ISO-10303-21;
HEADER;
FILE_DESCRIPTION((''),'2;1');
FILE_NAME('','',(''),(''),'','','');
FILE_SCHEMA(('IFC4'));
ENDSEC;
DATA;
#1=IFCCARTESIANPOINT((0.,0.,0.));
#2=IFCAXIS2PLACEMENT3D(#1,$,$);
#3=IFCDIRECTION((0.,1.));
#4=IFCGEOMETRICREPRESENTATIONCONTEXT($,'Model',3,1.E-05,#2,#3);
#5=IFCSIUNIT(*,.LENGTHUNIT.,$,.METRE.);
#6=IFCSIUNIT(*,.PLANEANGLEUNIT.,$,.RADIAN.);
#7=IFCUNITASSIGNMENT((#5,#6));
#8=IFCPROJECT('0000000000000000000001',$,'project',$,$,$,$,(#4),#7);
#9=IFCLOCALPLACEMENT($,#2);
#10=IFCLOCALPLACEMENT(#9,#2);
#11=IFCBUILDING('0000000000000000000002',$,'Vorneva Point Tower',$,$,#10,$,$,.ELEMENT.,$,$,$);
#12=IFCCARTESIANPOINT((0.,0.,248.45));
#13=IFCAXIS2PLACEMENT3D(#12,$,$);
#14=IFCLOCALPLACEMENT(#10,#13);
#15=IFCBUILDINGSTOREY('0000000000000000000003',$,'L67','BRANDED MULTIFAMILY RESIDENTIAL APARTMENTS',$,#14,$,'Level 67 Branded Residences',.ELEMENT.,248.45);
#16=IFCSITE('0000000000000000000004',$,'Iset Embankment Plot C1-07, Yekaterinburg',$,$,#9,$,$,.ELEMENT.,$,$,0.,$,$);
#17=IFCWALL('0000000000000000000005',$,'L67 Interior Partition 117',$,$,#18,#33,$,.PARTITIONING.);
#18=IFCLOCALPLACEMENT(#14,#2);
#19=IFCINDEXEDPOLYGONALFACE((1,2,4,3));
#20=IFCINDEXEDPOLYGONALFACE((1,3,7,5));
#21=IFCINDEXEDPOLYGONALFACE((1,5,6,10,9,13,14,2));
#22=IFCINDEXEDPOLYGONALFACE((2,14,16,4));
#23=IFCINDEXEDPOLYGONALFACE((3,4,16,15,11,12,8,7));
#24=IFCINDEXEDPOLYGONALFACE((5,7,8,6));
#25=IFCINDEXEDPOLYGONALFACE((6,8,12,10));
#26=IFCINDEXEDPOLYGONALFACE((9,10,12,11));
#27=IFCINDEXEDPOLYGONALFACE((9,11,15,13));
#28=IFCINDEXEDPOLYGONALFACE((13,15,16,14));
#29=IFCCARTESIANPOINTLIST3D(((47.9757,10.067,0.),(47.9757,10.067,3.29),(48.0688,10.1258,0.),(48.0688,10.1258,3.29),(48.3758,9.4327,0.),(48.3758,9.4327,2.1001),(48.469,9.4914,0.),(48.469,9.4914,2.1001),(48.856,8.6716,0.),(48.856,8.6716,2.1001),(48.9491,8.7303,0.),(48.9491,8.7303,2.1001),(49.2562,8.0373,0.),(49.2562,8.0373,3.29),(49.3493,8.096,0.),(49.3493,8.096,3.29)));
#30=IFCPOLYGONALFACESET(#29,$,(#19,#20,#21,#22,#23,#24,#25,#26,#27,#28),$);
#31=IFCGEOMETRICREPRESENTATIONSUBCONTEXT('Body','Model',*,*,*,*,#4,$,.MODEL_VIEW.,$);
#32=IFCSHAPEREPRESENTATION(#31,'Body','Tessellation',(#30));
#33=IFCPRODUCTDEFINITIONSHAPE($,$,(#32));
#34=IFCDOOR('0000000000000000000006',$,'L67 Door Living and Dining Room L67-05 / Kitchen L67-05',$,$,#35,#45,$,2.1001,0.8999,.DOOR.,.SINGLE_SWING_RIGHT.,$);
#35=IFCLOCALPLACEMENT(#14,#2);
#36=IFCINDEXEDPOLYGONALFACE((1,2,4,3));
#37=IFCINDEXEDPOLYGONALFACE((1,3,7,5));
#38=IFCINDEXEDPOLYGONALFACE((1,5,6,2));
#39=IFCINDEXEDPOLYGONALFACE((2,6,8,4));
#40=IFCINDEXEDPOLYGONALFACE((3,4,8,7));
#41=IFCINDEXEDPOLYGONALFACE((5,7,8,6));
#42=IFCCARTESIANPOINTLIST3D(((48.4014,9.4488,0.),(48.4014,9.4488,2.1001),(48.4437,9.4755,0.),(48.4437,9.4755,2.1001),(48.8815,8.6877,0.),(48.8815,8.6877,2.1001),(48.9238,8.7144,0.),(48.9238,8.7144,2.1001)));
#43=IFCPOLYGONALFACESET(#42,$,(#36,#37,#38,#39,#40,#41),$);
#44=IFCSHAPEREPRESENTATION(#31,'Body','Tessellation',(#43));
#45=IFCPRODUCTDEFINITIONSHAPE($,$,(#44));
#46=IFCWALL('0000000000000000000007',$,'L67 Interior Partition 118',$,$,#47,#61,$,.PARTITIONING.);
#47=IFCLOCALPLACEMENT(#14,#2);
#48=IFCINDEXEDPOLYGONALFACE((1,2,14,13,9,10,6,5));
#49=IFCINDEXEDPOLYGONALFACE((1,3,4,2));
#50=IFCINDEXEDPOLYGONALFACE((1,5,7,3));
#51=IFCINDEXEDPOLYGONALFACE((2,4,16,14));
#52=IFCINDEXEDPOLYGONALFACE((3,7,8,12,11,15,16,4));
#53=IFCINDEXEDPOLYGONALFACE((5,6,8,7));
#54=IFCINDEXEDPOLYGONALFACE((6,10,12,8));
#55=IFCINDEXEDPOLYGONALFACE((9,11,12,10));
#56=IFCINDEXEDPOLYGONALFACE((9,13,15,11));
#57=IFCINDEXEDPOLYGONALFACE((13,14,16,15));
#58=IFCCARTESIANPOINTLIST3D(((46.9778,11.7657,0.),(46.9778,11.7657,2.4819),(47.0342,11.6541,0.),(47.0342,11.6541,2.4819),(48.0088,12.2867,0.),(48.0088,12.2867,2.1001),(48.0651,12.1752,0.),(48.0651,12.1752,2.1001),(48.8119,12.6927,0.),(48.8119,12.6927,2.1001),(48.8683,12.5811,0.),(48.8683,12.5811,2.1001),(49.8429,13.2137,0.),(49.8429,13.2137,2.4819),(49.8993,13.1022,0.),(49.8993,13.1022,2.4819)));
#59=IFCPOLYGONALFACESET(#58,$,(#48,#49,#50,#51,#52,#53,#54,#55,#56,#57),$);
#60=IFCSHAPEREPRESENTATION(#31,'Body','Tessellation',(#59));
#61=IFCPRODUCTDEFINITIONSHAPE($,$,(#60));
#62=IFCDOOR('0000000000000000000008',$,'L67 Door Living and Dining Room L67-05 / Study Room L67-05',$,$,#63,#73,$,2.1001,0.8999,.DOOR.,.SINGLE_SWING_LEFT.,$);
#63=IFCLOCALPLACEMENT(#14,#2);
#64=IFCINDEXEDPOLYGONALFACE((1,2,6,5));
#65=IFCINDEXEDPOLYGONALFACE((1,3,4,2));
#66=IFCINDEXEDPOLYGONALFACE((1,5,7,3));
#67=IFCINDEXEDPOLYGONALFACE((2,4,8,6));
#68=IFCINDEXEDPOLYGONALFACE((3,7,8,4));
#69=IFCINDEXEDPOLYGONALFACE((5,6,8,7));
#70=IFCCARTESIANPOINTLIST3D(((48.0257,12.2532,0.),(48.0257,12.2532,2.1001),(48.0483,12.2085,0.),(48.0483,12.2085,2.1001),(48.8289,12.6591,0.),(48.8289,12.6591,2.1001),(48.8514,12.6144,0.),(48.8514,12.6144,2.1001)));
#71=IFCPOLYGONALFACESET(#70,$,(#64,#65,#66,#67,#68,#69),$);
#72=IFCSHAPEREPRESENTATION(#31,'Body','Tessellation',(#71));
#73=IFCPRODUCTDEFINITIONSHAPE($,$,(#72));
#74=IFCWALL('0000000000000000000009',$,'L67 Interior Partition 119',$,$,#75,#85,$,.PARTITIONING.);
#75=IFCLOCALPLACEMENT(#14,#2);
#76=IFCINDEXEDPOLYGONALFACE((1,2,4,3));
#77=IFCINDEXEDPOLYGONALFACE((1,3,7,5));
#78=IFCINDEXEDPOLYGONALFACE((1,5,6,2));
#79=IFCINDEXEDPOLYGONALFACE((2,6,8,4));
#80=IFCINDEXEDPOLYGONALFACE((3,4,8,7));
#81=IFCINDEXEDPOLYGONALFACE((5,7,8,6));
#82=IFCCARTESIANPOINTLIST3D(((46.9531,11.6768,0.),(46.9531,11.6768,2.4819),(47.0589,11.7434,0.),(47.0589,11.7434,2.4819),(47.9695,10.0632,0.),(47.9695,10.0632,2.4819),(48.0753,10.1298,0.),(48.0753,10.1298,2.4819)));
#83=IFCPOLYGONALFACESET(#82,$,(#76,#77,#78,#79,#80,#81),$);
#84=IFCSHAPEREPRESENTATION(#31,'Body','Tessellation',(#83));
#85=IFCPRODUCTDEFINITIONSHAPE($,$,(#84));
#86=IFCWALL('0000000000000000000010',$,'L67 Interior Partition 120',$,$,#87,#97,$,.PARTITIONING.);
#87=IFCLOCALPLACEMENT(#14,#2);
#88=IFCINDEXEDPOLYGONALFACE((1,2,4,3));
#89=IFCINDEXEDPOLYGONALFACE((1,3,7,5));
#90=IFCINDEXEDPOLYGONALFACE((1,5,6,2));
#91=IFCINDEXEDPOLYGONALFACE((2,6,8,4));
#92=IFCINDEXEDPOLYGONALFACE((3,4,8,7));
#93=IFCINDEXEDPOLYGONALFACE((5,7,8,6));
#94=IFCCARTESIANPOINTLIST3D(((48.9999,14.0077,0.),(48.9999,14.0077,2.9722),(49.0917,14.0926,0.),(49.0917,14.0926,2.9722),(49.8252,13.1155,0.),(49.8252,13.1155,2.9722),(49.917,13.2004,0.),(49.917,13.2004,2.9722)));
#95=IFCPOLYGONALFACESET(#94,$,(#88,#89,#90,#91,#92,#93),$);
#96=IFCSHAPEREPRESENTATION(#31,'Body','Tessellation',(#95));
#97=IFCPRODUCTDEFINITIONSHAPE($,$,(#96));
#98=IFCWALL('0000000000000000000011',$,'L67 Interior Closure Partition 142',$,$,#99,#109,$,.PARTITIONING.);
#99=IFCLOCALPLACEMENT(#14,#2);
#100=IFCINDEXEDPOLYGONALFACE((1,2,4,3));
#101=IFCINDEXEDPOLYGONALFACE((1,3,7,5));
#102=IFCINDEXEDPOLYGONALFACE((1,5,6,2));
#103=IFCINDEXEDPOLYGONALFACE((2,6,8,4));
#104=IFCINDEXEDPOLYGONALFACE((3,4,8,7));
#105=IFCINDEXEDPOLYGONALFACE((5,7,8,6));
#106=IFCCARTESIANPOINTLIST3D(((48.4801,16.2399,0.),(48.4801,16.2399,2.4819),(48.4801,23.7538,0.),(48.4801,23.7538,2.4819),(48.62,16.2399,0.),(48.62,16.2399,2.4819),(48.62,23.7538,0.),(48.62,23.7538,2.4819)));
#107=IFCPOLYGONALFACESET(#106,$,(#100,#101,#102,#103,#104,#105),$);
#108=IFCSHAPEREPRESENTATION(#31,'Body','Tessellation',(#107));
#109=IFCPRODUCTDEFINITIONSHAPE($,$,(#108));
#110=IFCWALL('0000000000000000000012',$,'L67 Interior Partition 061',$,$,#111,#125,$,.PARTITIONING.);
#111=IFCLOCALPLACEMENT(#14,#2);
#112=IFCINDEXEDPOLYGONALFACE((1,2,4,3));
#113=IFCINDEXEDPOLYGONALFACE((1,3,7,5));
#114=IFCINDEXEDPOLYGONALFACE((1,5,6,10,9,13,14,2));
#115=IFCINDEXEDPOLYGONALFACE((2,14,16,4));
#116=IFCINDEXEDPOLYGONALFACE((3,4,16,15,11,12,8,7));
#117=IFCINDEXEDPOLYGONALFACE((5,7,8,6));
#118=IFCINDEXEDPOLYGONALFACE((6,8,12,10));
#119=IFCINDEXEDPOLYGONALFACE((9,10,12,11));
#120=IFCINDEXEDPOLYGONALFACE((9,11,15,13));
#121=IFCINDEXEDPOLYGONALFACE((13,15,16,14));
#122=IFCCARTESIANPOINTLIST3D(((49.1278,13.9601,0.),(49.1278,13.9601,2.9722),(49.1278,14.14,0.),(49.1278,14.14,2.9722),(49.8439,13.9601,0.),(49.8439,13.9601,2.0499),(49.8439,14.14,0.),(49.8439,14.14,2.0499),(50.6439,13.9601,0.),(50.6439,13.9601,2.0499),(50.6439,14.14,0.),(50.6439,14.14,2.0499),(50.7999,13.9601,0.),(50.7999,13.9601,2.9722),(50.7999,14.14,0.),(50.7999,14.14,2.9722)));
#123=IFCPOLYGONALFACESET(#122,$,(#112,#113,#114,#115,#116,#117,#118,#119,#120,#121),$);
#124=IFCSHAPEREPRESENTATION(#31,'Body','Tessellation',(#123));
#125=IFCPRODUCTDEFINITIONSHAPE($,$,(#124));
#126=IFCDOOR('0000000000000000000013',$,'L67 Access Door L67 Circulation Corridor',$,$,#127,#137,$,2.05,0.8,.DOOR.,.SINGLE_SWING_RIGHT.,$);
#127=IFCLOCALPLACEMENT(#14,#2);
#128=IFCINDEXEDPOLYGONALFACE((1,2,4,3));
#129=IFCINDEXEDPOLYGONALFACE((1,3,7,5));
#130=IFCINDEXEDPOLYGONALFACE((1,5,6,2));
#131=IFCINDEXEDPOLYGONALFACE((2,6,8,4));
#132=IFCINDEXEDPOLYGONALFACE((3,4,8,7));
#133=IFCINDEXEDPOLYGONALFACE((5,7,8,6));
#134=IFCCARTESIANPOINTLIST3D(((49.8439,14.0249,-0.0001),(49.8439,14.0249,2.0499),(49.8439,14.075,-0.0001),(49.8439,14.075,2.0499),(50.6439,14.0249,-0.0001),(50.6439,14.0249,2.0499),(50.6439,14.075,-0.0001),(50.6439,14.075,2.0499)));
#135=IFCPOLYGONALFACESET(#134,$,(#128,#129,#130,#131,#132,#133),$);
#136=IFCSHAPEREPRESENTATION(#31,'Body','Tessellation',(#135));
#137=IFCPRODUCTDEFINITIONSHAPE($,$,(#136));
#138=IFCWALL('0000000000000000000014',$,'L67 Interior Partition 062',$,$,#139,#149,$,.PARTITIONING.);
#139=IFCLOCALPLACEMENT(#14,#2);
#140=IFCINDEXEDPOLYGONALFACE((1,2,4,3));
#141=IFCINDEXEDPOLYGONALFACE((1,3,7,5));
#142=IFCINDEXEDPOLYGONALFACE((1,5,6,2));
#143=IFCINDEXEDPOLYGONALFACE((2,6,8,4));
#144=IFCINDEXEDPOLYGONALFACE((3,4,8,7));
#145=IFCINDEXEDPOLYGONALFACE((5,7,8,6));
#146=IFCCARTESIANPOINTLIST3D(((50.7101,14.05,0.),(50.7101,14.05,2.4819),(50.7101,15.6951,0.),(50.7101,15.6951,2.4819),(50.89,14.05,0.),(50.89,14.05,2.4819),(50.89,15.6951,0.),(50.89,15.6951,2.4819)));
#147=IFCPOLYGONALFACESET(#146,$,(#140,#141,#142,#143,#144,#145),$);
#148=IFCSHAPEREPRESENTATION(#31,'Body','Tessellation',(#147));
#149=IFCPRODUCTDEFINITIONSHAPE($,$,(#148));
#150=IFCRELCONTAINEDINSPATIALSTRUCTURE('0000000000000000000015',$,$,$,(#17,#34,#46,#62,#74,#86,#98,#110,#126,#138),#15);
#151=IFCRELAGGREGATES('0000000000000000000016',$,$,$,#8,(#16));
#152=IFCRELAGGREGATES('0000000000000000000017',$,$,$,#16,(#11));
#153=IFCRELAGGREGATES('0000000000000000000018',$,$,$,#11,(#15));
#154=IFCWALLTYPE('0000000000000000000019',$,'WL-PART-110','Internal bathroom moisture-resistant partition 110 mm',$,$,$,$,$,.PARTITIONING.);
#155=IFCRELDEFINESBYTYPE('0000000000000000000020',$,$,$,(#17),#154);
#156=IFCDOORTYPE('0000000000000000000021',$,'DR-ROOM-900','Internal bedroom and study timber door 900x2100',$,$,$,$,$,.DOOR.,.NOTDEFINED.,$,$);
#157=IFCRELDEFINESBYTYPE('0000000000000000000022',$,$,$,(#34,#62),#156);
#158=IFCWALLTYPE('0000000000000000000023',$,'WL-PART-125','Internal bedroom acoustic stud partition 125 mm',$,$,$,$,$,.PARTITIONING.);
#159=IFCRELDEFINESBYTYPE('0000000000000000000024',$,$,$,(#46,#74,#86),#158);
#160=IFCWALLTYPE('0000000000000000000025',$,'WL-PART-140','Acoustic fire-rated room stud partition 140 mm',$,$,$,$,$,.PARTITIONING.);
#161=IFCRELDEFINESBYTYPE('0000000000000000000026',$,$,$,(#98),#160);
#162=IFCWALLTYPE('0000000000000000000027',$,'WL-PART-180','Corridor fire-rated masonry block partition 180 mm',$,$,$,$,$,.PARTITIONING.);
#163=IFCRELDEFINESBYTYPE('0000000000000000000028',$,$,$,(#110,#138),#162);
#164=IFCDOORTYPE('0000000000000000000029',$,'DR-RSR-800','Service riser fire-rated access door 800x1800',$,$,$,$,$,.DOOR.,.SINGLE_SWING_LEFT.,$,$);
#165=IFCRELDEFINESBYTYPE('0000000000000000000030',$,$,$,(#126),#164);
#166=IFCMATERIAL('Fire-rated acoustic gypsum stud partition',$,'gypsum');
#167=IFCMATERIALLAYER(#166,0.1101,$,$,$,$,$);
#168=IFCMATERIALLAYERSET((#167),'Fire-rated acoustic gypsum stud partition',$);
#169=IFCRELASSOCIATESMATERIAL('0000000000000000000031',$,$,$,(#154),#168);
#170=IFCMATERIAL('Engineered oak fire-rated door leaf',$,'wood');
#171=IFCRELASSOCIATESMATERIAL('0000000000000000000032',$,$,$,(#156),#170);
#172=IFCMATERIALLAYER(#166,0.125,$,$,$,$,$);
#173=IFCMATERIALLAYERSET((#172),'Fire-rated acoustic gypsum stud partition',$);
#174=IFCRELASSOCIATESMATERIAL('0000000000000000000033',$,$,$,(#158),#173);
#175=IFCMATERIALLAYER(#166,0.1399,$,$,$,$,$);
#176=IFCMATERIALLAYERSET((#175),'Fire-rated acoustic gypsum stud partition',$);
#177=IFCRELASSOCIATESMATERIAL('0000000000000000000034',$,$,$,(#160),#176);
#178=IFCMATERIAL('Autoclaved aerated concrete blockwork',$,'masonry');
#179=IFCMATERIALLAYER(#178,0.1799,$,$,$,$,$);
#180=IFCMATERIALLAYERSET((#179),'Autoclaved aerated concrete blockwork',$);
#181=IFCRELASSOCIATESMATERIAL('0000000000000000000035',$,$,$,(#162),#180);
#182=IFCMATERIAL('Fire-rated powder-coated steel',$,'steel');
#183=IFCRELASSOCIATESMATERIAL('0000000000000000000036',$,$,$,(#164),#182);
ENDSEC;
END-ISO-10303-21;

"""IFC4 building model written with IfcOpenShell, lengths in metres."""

from ifc_helpers import new_model, si_unit, direction, frame, frame_2d, origin, place, context, subcontext, project, spatial, rectangle, extrude, material, layer, layer_set, type_object, element, fill, save


model = new_model("IFC4")

# Units and contexts
model_context = context("Model", 3, precision=1e-05, world=origin(), true_north=direction((0.0, 1.0)))
body_context = subcontext(model_context, "Body", "Model", "MODEL_VIEW")
ifc_project = project(units=[si_unit("LENGTHUNIT", "METRE"), si_unit("PLANEANGLEUNIT", "RADIAN")], contexts=[model_context])

# Site, building, storey
site_placement = place(None, origin())
site = spatial("IfcSite", under=ifc_project, at=site_placement, Name="Iset Embankment Plot C1-07, Yekaterinburg", CompositionType="ELEMENT", RefElevation=0.0)
building_placement = place(site_placement, origin())
building = spatial("IfcBuilding", under=site, at=building_placement, Name="Vorneva Point Tower", CompositionType="ELEMENT")
storey_placement = place(building_placement, frame((0.0, 0.0, 248.45)))
storey = spatial("IfcBuildingStorey", under=building, at=storey_placement, Name="L67", Description="BRANDED MULTIFAMILY RESIDENTIAL APARTMENTS", LongName="Level 67 Branded Residences", CompositionType="ELEMENT", Elevation=248.45)

# Walls, openings, doors
ifc_material_1 = material(Name="Fire-rated acoustic gypsum stud partition", Category="gypsum")
ifc_layer_1 = layer(ifc_material_1, 0.1101)
ifc_layer_set_1 = layer_set([ifc_layer_1], Name="Fire-rated acoustic gypsum stud partition")
wall_type_1 = type_object("IfcWallType", Name="WL-PART-110", Description="Internal bathroom moisture-resistant partition 110 mm", PredefinedType="PARTITIONING", material=ifc_layer_set_1)
wall_1_placement = place(storey_placement, frame((49.3027, 8.0667, 0.0), z_axis=(0.0, 0.0, 1.0), x_axis=(-0.53356, 0.845762, 0.0)))
wall_1 = element("IfcWall", 1, at=wall_1_placement, inside=storey, type_object=wall_type_1, Name="L67 Interior Partition 117", PredefinedType="PARTITIONING", context=body_context, shape_type="SweptSolid", body=[
    extrude(rectangle(XDim=2.3999, YDim=0.1101, at=frame_2d((1.2, 0.0))), origin(), (0.0, 0.0, 1.0), 3.29),
])
opening_1_placement = place(wall_1_placement, frame((0.75, 0.0, 0.0)))
opening_1 = element("IfcOpeningElement", 2, at=opening_1_placement, cuts=wall_1, PredefinedType="OPENING", context=body_context, shape_type="SweptSolid", body=[
    extrude(rectangle(XDim=0.8999, YDim=2.1001, at=frame_2d((0.45, 1.05))), frame((0.0, 0.0698, 0.0), z_axis=(0.0, -1.0, 0.0), x_axis=(1.0, 0.0, 0.0)), (0.0, 0.0, 1.0), 0.1399),
])
ifc_material_2 = material(Name="Engineered oak fire-rated door leaf", Category="wood")
door_type_1 = type_object("IfcDoorType", Name="DR-ROOM-900", Description="Internal bedroom and study timber door 900x2100", OperationType="NOTDEFINED", PredefinedType="DOOR", material=ifc_material_2)
door_1_placement = place(opening_1_placement, origin())
door_1 = element("IfcDoor", 3, at=door_1_placement, inside=storey, type_object=door_type_1, Name="L67 Door Living and Dining Room L67-05 / Kitchen L67-05", OperationType="SINGLE_SWING_RIGHT", OverallHeight=2.1001, OverallWidth=0.8999, PredefinedType="DOOR", context=body_context, shape_type="SweptSolid", body=[
    extrude(rectangle(XDim=0.8999, YDim=2.1001, at=frame_2d((0.45, 1.05))), frame((0.0, 0.0249, 0.0), z_axis=(0.0, -1.0, 0.0), x_axis=(1.0, 0.0, 0.0)), (0.0, 0.0, 1.0), 0.05),
])
fill(opening_1, door_1)
ifc_layer_2 = layer(ifc_material_1, 0.125)
ifc_layer_set_2 = layer_set([ifc_layer_2], Name="Fire-rated acoustic gypsum stud partition")
wall_type_2 = type_object("IfcWallType", Name="WL-PART-125", Description="Internal bedroom acoustic stud partition 125 mm", PredefinedType="PARTITIONING", material=ifc_layer_set_2)
wall_2_placement = place(storey_placement, frame((47.0061, 11.71, 0.0), z_axis=(0.0, 0.0, 1.0), x_axis=(0.892487, 0.451073, 0.0)))
wall_2 = element("IfcWall", 4, at=wall_2_placement, inside=storey, type_object=wall_type_2, Name="L67 Interior Partition 118", PredefinedType="PARTITIONING", context=body_context, shape_type="SweptSolid", body=[
    extrude(rectangle(XDim=3.2102, YDim=0.125, at=frame_2d((1.605, 0.0))), origin(), (0.0, 0.0, 1.0), 2.4819),
])
opening_2_placement = place(wall_2_placement, frame((1.155, 0.0, 0.0)))
opening_2 = element("IfcOpeningElement", 5, at=opening_2_placement, cuts=wall_2, PredefinedType="OPENING", context=body_context, shape_type="SweptSolid", body=[
    extrude(rectangle(XDim=0.8999, YDim=2.1001, at=frame_2d((0.45, 1.05))), frame((0.0, 0.0774, 0.0), z_axis=(0.0, -1.0, 0.0), x_axis=(1.0, 0.0, 0.0)), (0.0, 0.0, 1.0), 0.1548),
])
door_2_placement = place(opening_2_placement, origin())
door_2 = element("IfcDoor", 6, at=door_2_placement, inside=storey, type_object=door_type_1, Name="L67 Door Living and Dining Room L67-05 / Study Room L67-05", OperationType="SINGLE_SWING_LEFT", OverallHeight=2.1001, OverallWidth=0.8999, PredefinedType="DOOR", context=body_context, shape_type="SweptSolid", body=[
    extrude(rectangle(XDim=0.8999, YDim=2.1001, at=frame_2d((0.45, 1.05))), frame((0.0, 0.0249, 0.0), z_axis=(0.0, -1.0, 0.0), x_axis=(1.0, 0.0, 0.0)), (0.0, 0.0, 1.0), 0.05),
])
fill(opening_2, door_2)

# Walls
wall_3_placement = place(storey_placement, frame((48.0225, 10.0964, 0.0), z_axis=(0.0, 0.0, 1.0), x_axis=(-0.532976, 0.84613, 0.0)))
element("IfcWall", 7, at=wall_3_placement, inside=storey, type_object=wall_type_2, Name="L67 Interior Partition 119", PredefinedType="PARTITIONING", context=body_context, shape_type="SweptSolid", body=[
    extrude(rectangle(XDim=1.907, YDim=0.125, at=frame_2d((0.9536, 0.0))), origin(), (0.0, 0.0, 1.0), 2.4819),
])
wall_4_placement = place(storey_placement, frame((49.8711, 13.158, 0.0), z_axis=(0.0, 0.0, 1.0), x_axis=(-0.679047, 0.734094, 0.0)))
element("IfcWall", 8, at=wall_4_placement, inside=storey, type_object=wall_type_2, Name="L67 Interior Partition 120", PredefinedType="PARTITIONING", context=body_context, shape_type="SweptSolid", body=[
    extrude(rectangle(XDim=1.2153, YDim=0.125, at=frame_2d((0.6077, 0.0))), origin(), (0.0, 0.0, 1.0), 2.9722),
])
ifc_layer_3 = layer(ifc_material_1, 0.1399)
ifc_layer_set_3 = layer_set([ifc_layer_3], Name="Fire-rated acoustic gypsum stud partition")
wall_type_3 = type_object("IfcWallType", Name="WL-PART-140", Description="Acoustic fire-rated room stud partition 140 mm", PredefinedType="PARTITIONING", material=ifc_layer_set_3)
wall_5_placement = place(storey_placement, frame((48.55, 16.24, 0.0), z_axis=(0.0, 0.0, 1.0), x_axis=(0.0, 1.0, 0.0)))
element("IfcWall", 9, at=wall_5_placement, inside=storey, type_object=wall_type_3, Name="L67 Interior Closure Partition 142", PredefinedType="PARTITIONING", context=body_context, shape_type="SweptSolid", body=[
    extrude(rectangle(XDim=7.5139, YDim=0.1399, at=frame_2d((3.7568, 0.0))), origin(), (0.0, 0.0, 1.0), 2.4819),
])

# Wall, opening, door
ifc_material_3 = material(Name="Autoclaved aerated concrete blockwork", Category="masonry")
ifc_layer_4 = layer(ifc_material_3, 0.1799)
ifc_layer_set_4 = layer_set([ifc_layer_4], Name="Autoclaved aerated concrete blockwork")
wall_type_4 = type_object("IfcWallType", Name="WL-PART-180", Description="Corridor fire-rated masonry block partition 180 mm", PredefinedType="PARTITIONING", material=ifc_layer_set_4)
ifc_material_4 = material(Name="Fire-rated powder-coated steel", Category="steel")
wall_6_placement = place(storey_placement, frame((49.1279, 14.05, 0.0), z_axis=(0.0, 0.0, 1.0), x_axis=(1.0, 0.0, 0.0)))
wall_6 = element("IfcWall", 10, at=wall_6_placement, inside=storey, type_object=wall_type_4, Name="L67 Interior Partition 061", PredefinedType="PARTITIONING", context=body_context, shape_type="SweptSolid", body=[
    extrude(rectangle(XDim=1.6721, YDim=0.1799, at=frame_2d((0.8359, 0.0))), origin(), (0.0, 0.0, 1.0), 2.9722),
])
opening_3_placement = place(wall_6_placement, frame((0.7161, 0.0, 0.0)))
opening_3 = element("IfcOpeningElement", 11, at=opening_3_placement, cuts=wall_6, PredefinedType="OPENING", context=body_context, shape_type="SweptSolid", body=[
    extrude(rectangle(XDim=0.8, YDim=2.05, at=frame_2d((0.3999, 1.0249))), frame((0.0, 0.105, 0.0), z_axis=(0.0, -1.0, 0.0), x_axis=(1.0, 0.0, 0.0)), (0.0, 0.0, 1.0), 0.2097),
])
door_type_2 = type_object("IfcDoorType", Name="DR-RSR-800", Description="Service riser fire-rated access door 800x1800", OperationType="SINGLE_SWING_LEFT", PredefinedType="DOOR", material=ifc_material_4)
door_3_placement = place(opening_3_placement, origin())
door_3 = element("IfcDoor", 12, at=door_3_placement, inside=storey, type_object=door_type_2, Name="L67 Access Door L67 Circulation Corridor", OperationType="SINGLE_SWING_RIGHT", OverallHeight=2.05, OverallWidth=0.8, PredefinedType="DOOR", context=body_context, shape_type="SweptSolid", body=[
    extrude(rectangle(XDim=0.8, YDim=2.05, at=frame_2d((0.3999, 1.0249))), frame((0.0, 0.0249, 0.0), z_axis=(0.0, -1.0, 0.0), x_axis=(1.0, 0.0, 0.0)), (0.0, 0.0, 1.0), 0.05),
])
fill(opening_3, door_3)

# Wall
wall_7_placement = place(storey_placement, frame((50.8, 14.05, 0.0), z_axis=(0.0, 0.0, 1.0), x_axis=(0.0, 1.0, 0.0)))
element("IfcWall", 13, at=wall_7_placement, inside=storey, type_object=wall_type_4, Name="L67 Interior Partition 062", PredefinedType="PARTITIONING", context=body_context, shape_type="SweptSolid", body=[
    extrude(rectangle(XDim=1.645, YDim=0.1799, at=frame_2d((0.8225, 0.0))), origin(), (0.0, 0.0, 1.0), 2.4819),
])

save(model, "model.ifc")
